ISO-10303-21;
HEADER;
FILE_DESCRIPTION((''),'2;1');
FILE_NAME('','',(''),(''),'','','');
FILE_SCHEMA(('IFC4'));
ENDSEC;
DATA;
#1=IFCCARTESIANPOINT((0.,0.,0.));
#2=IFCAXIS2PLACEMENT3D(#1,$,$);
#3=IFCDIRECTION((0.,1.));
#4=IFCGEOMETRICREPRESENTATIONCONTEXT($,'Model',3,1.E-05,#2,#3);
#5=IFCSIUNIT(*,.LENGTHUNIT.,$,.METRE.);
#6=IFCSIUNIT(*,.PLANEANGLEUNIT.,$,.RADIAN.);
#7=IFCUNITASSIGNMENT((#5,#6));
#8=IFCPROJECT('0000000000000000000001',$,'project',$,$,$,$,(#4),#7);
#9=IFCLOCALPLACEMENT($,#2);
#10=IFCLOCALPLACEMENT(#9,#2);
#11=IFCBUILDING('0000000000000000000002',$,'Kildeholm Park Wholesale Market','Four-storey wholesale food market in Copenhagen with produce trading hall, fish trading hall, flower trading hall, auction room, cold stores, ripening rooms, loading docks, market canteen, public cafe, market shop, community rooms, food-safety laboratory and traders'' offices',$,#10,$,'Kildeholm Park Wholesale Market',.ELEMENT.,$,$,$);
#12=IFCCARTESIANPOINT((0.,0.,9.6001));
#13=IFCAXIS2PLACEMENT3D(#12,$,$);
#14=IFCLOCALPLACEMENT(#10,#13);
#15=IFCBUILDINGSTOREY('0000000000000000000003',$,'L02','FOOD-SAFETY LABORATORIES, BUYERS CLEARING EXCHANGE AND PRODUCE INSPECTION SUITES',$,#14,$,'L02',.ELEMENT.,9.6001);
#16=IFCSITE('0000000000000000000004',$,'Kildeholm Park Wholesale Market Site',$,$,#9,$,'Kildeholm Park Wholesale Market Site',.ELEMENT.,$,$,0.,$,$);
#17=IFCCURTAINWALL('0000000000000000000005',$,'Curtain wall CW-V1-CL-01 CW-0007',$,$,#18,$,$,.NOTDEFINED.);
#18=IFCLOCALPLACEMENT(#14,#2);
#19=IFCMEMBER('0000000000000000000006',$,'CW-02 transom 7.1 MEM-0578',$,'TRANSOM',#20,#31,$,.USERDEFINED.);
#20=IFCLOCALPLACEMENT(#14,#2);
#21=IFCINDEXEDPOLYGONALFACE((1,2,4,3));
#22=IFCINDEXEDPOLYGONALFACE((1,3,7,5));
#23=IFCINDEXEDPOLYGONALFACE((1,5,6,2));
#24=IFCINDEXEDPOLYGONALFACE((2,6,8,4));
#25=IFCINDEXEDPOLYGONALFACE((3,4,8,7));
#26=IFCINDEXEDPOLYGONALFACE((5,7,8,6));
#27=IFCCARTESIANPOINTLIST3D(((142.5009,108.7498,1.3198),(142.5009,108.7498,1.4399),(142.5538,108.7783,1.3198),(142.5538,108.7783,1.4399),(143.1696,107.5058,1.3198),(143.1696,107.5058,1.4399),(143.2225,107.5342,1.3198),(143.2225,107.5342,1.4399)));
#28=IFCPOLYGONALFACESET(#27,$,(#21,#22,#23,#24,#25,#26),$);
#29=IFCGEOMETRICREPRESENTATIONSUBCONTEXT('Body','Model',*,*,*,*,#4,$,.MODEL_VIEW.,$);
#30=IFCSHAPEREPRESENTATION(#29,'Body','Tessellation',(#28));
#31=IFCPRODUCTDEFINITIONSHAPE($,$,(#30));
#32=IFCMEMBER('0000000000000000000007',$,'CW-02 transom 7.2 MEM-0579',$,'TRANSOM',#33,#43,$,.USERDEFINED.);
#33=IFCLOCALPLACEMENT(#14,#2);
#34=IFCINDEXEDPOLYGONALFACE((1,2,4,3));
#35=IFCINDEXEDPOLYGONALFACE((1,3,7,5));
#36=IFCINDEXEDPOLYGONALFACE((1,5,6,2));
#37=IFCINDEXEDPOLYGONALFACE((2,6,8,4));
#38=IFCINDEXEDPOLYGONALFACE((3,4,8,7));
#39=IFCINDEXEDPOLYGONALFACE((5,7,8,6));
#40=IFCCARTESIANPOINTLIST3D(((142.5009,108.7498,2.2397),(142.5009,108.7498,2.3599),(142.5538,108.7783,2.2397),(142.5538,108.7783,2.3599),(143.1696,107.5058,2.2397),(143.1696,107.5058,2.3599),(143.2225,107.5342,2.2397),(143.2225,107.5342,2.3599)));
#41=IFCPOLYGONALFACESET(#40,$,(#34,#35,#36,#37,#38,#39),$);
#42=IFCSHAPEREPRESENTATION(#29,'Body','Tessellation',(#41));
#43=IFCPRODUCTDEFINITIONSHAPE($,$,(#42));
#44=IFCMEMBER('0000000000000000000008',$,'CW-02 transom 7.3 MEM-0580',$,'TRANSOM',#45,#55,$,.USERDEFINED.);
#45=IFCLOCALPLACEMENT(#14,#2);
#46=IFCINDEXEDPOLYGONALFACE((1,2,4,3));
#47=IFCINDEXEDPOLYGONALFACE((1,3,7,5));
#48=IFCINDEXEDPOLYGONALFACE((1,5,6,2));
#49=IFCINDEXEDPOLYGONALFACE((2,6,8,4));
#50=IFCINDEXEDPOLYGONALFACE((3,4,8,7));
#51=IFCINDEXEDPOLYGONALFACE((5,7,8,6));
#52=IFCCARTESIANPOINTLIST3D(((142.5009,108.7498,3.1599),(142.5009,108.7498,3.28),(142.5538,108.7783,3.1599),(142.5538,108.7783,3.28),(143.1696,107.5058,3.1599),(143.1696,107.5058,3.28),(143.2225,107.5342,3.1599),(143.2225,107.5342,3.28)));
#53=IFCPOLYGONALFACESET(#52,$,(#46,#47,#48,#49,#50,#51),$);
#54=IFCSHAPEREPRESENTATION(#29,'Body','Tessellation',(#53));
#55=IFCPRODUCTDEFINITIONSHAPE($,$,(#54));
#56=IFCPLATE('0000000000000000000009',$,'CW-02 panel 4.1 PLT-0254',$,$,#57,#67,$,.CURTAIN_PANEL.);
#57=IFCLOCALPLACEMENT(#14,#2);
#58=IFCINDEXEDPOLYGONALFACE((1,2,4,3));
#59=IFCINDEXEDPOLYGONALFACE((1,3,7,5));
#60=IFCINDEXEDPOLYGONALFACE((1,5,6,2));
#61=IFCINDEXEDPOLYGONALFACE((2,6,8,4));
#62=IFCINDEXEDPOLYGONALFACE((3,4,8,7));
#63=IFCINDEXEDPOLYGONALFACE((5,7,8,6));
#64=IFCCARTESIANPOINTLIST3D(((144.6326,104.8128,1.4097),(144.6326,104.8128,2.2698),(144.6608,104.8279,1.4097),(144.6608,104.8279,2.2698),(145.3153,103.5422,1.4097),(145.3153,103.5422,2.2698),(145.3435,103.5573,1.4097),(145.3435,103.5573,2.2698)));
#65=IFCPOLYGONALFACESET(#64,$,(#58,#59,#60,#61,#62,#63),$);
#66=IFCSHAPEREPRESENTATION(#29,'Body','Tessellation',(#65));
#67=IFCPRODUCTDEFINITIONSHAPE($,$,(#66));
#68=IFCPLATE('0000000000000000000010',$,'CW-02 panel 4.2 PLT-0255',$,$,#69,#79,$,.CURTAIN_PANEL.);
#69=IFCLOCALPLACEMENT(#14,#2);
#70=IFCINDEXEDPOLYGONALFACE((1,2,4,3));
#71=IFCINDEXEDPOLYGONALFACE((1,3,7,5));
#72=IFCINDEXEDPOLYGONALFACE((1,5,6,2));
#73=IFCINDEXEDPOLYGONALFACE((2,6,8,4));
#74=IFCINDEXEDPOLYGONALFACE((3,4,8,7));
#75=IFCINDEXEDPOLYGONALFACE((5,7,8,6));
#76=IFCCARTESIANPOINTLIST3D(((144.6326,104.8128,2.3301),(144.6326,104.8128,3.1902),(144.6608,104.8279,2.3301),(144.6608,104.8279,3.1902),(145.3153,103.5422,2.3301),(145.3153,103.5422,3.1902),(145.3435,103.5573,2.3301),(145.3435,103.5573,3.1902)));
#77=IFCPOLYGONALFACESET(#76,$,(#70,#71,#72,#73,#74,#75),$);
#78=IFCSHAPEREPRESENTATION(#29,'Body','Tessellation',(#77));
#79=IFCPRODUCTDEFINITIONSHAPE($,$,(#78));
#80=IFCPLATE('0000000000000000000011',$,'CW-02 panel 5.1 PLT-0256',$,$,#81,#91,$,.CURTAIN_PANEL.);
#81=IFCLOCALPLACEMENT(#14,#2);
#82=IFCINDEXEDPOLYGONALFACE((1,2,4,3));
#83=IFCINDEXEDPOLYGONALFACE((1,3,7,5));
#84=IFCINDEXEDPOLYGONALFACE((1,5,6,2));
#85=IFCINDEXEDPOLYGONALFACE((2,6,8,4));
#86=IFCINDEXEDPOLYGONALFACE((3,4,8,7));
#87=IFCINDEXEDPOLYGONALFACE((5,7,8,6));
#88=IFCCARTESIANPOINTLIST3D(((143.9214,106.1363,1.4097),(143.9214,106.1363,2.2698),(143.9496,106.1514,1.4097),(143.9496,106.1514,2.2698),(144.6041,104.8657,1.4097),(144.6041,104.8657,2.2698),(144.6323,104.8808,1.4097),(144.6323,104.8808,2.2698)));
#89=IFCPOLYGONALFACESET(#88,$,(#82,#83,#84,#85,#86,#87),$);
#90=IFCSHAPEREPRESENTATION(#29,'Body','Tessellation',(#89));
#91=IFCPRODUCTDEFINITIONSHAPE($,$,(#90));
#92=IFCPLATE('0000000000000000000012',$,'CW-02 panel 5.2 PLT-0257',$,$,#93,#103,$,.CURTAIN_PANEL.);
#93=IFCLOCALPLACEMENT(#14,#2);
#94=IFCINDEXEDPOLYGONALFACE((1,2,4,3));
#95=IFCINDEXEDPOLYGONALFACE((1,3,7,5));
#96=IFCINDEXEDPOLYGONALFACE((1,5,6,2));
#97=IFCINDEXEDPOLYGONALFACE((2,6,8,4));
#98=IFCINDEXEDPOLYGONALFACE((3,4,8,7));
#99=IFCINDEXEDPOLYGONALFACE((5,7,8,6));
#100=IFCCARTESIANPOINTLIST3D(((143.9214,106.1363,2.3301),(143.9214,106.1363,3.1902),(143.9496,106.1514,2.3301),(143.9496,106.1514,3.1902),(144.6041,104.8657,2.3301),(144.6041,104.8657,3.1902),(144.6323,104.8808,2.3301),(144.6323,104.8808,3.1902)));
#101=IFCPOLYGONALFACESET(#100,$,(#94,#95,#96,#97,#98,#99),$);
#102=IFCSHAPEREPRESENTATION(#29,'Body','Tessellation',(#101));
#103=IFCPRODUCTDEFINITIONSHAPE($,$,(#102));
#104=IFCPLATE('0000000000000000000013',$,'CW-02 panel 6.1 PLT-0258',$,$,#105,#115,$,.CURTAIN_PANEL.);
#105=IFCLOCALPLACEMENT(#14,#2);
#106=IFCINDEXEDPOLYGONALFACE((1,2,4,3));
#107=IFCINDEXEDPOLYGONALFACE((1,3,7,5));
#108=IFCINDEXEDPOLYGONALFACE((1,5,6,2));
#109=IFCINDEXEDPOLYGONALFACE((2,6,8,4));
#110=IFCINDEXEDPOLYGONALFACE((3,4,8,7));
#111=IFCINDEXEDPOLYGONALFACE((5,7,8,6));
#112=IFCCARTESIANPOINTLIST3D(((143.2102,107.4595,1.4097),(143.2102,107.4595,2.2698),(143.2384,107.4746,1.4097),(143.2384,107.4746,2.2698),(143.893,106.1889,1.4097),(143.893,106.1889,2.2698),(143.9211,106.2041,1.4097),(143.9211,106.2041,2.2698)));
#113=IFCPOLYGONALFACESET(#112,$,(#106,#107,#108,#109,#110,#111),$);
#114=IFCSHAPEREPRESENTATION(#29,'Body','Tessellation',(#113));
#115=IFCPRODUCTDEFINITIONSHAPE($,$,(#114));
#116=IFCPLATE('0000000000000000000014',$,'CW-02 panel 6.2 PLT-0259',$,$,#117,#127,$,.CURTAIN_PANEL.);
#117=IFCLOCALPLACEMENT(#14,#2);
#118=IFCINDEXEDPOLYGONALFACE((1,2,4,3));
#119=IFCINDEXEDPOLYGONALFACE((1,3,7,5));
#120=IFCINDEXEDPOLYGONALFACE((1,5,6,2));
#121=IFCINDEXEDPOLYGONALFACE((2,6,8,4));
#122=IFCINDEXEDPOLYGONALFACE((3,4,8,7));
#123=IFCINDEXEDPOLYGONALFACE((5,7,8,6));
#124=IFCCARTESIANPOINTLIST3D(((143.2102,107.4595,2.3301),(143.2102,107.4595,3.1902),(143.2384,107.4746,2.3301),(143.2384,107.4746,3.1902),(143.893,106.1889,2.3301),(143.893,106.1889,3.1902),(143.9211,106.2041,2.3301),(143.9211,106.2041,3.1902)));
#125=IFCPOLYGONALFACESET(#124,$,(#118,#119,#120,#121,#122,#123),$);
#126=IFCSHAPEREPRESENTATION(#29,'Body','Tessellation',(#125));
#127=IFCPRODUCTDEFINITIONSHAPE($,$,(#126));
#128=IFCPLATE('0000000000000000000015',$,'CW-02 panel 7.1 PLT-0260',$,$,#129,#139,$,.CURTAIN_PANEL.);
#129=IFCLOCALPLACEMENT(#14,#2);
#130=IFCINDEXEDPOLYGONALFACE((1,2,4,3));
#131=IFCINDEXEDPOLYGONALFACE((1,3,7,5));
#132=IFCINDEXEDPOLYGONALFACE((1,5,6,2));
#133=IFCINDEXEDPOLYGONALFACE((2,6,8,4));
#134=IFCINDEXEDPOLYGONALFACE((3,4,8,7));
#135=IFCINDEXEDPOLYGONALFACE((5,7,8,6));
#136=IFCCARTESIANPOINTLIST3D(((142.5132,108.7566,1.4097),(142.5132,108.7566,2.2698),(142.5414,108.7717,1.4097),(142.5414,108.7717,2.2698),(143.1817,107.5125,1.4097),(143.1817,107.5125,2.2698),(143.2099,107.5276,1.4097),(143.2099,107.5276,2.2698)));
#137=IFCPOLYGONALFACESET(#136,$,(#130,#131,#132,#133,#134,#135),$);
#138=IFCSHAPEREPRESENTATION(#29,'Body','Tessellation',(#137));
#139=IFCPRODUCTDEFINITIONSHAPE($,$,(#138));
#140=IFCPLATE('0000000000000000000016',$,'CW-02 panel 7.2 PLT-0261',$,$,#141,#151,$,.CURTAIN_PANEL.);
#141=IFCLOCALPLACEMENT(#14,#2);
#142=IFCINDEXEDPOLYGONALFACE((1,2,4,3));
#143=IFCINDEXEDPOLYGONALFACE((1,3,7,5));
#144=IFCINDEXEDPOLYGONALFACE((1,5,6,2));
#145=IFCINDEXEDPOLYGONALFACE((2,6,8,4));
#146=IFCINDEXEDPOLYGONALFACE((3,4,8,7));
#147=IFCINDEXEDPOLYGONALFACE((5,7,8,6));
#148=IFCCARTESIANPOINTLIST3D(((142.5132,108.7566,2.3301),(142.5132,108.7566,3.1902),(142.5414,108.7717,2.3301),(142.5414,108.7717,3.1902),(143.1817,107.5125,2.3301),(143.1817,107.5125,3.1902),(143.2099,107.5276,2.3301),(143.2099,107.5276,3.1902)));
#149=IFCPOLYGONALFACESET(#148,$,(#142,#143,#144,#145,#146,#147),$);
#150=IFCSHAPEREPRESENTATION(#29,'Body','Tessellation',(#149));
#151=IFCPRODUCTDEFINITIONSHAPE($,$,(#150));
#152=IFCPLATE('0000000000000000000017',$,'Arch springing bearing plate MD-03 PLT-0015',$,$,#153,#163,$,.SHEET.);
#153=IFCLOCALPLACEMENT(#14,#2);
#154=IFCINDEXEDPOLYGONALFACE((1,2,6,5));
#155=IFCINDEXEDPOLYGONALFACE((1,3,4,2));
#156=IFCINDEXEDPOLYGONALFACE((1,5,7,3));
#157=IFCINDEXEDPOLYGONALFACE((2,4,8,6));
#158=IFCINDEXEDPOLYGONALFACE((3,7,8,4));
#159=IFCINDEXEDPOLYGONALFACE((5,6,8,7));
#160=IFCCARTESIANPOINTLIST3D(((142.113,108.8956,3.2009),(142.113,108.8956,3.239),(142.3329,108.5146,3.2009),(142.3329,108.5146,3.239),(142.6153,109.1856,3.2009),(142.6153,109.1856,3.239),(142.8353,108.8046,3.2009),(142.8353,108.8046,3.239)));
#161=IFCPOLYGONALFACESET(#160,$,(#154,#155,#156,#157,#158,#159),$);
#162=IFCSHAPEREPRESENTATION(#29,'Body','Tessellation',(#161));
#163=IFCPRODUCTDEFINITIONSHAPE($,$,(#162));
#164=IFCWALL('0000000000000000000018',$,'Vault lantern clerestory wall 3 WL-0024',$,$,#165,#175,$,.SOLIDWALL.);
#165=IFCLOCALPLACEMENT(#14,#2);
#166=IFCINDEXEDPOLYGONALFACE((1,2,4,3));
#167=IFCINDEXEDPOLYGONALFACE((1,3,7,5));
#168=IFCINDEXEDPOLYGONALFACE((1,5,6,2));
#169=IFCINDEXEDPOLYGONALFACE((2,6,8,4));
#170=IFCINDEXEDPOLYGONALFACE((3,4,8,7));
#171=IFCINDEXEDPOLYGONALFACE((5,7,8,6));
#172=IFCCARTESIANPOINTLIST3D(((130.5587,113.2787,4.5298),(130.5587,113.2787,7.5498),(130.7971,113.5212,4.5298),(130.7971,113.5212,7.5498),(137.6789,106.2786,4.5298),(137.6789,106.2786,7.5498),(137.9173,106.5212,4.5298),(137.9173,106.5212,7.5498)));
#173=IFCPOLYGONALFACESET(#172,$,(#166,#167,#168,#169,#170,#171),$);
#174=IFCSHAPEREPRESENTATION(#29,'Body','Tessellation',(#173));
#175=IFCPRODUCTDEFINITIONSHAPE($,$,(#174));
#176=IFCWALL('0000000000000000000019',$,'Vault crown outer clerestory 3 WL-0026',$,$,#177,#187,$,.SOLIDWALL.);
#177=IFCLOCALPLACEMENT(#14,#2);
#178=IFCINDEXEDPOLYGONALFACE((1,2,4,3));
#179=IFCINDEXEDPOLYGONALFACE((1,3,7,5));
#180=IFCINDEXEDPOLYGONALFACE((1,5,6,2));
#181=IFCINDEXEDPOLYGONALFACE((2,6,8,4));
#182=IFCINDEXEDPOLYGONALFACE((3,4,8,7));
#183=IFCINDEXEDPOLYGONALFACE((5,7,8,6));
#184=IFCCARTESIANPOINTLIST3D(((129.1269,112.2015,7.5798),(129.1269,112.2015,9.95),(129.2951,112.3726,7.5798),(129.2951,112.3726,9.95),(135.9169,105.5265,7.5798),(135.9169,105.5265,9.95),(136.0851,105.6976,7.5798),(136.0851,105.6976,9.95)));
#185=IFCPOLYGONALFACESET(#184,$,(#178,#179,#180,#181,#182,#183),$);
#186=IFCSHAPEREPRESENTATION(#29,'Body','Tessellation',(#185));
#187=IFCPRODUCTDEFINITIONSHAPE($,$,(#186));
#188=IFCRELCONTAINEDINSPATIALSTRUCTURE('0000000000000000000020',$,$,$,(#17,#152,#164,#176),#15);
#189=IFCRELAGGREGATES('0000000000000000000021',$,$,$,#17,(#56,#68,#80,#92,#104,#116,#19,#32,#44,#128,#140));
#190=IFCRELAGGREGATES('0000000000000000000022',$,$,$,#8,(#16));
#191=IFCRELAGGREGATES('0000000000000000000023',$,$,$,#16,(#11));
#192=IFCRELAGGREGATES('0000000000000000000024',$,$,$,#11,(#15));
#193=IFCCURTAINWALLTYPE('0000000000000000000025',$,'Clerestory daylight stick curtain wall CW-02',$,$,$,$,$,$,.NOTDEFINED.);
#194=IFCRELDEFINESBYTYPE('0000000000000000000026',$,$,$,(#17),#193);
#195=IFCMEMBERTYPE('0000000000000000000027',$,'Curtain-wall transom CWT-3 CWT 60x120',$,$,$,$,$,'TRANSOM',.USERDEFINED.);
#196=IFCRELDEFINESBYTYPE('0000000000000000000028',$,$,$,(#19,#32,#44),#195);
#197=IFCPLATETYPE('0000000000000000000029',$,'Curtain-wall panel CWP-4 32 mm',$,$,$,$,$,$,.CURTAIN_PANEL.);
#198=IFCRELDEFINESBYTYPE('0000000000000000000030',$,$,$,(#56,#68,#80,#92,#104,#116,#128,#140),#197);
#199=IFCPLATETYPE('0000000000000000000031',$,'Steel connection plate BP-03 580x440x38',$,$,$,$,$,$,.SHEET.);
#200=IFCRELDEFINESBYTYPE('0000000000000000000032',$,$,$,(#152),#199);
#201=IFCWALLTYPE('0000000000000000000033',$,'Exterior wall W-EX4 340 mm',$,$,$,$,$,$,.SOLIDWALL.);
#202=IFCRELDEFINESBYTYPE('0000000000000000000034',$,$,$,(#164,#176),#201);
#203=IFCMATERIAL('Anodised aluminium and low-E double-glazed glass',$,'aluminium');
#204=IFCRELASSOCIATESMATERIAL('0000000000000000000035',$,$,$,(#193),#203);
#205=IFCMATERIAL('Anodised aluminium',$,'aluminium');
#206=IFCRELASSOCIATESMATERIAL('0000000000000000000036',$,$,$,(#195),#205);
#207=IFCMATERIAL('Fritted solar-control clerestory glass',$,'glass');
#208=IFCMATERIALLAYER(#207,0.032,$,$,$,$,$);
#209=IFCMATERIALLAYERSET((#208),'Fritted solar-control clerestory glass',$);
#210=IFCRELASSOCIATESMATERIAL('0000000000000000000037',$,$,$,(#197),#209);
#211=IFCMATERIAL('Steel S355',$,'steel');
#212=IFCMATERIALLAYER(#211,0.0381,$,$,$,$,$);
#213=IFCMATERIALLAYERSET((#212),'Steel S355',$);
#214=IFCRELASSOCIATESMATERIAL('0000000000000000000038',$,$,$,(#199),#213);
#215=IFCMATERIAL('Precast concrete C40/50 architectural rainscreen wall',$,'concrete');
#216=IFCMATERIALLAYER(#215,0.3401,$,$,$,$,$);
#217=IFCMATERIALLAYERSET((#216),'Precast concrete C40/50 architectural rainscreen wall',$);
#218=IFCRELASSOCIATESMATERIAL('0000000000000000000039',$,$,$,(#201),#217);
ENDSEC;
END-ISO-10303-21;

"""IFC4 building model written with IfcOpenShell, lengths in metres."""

from ifc_helpers import new_model, si_unit, direction, frame, frame_2d, origin, origin_2d, place, context, subcontext, project, spatial, rectangle, extrude, material, layer, layer_set, material_profile, profile_set, type_object, element, aggregate, save


model = new_model("IFC4")

# Units and contexts
model_context = context("Model", 3, precision=1e-05, world=origin(), true_north=direction((0.0, 1.0)))
body_context = subcontext(model_context, "Body", "Model", "MODEL_VIEW")
ifc_project = project(units=[si_unit("LENGTHUNIT", "METRE"), si_unit("PLANEANGLEUNIT", "RADIAN")], contexts=[model_context])

# Site, building, storey
site_placement = place(None, origin())
site = spatial("IfcSite", under=ifc_project, at=site_placement, Name="Kildeholm Park Wholesale Market Site", LongName="Kildeholm Park Wholesale Market Site", CompositionType="ELEMENT", RefElevation=0.0)
building_placement = place(site_placement, origin())
building = spatial("IfcBuilding", under=site, at=building_placement, Name="Kildeholm Park Wholesale Market", Description="Four-storey wholesale food market in Copenhagen with produce trading hall, fish trading hall, flower trading hall, auction room, cold stores, ripening rooms, loading docks, market canteen, public cafe, market shop, community rooms, food-safety laboratory and traders' offices", LongName="Kildeholm Park Wholesale Market", CompositionType="ELEMENT")
storey_placement = place(building_placement, frame((0.0, 0.0, 9.6001)))
storey = spatial("IfcBuildingStorey", under=building, at=storey_placement, Name="L02", Description="FOOD-SAFETY LABORATORIES, BUYERS CLEARING EXCHANGE AND PRODUCE INSPECTION SUITES", LongName="L02", CompositionType="ELEMENT", Elevation=9.6001)

# Shared definitions
ifc_material_1 = material(Name="Steel S355", Category="steel")

# Curtain wall, members, plates
ifc_material_2 = material(Name="Anodised aluminium and low-E double-glazed glass", Category="aluminium")
curtain_wall_type = type_object("IfcCurtainWallType", Name="Clerestory daylight stick curtain wall CW-02", PredefinedType="NOTDEFINED", material=ifc_material_2)
curtain_wall_placement = place(storey_placement, origin())
curtain_wall = element("IfcCurtainWall", 1, at=curtain_wall_placement, inside=storey, type_object=curtain_wall_type, Name="Curtain wall CW-V1-CL-01 CW-0007", PredefinedType="NOTDEFINED")
ifc_material_3 = material(Name="Anodised aluminium", Category="aluminium")
ifc_material_profile_1 = material_profile(ifc_material_3, rectangle(XDim=0.0601, YDim=0.1201, at=origin_2d()), Name="CWT 60x120")
ifc_profile_set_1 = profile_set([ifc_material_profile_1], Name="Anodised aluminium")
member_type_1 = type_object("IfcMemberType", Name="Curtain-wall transom CWT-3 CWT 60x120", ElementType="TRANSOM", PredefinedType="USERDEFINED", material=ifc_profile_set_1)
member_1_placement = place(storey_placement, frame((143.196, 107.52, 1.3799), z_axis=(-0.47343, 0.880832, 0.0), x_axis=(-0.880832, -0.47343, 0.0)))
member_1 = element("IfcMember", 2, at=member_1_placement, type_object=member_type_1, Name="CW-02 transom 7.1 MEM-0578", ObjectType="TRANSOM", PredefinedType="USERDEFINED", context=body_context, shape_type="SweptSolid", body=[
    extrude(rectangle(XDim=0.0601, YDim=0.1201, at=origin_2d()), origin(), (0.0, 0.0, 1.0), 1.4124),
])
member_2_placement = place(storey_placement, frame((143.196, 107.52, 2.2998), z_axis=(-0.47343, 0.880832, 0.0), x_axis=(-0.880832, -0.47343, 0.0)))
member_2 = element("IfcMember", 3, at=member_2_placement, type_object=member_type_1, Name="CW-02 transom 7.2 MEM-0579", ObjectType="TRANSOM", PredefinedType="USERDEFINED", context=body_context, shape_type="SweptSolid", body=[
    extrude(rectangle(XDim=0.0601, YDim=0.1201, at=origin_2d()), origin(), (0.0, 0.0, 1.0), 1.4124),
])
member_3_placement = place(storey_placement, frame((143.196, 107.52, 3.22), z_axis=(-0.47343, 0.880832, 0.0), x_axis=(-0.880832, -0.47343, 0.0)))
member_3 = element("IfcMember", 4, at=member_3_placement, type_object=member_type_1, Name="CW-02 transom 7.3 MEM-0580", ObjectType="TRANSOM", PredefinedType="USERDEFINED", context=body_context, shape_type="SweptSolid", body=[
    extrude(rectangle(XDim=0.0601, YDim=0.1201, at=origin_2d()), origin(), (0.0, 0.0, 1.0), 1.4124),
])
ifc_material_4 = material(Name="Fritted solar-control clerestory glass", Category="glass")
ifc_layer_1 = layer(ifc_material_4, 0.032)
ifc_layer_set_1 = layer_set([ifc_layer_1], Name="Fritted solar-control clerestory glass")
plate_type_1 = type_object("IfcPlateType", Name="Curtain-wall panel CWP-4 32 mm", PredefinedType="CURTAIN_PANEL", material=ifc_layer_set_1)
plate_1_placement = place(storey_placement, frame((144.988, 104.1851, 1.4097), z_axis=(0.0, 0.0, 1.0), x_axis=(-0.47334, 0.88088, 0.0)))
plate_1 = element("IfcPlate", 5, at=plate_1_placement, type_object=plate_type_1, Name="CW-02 panel 4.1 PLT-0254", PredefinedType="CURTAIN_PANEL", context=body_context, shape_type="SweptSolid", body=[
    extrude(rectangle(XDim=1.4424, YDim=0.032, at=origin_2d()), origin(), (0.0, 0.0, 1.0), 0.8601),
])
plate_2_placement = place(storey_placement, frame((144.988, 104.1851, 2.3301), z_axis=(0.0, 0.0, 1.0), x_axis=(-0.47334, 0.88088, 0.0)))
plate_2 = element("IfcPlate", 6, at=plate_2_placement, type_object=plate_type_1, Name="CW-02 panel 4.2 PLT-0255", PredefinedType="CURTAIN_PANEL", context=body_context, shape_type="SweptSolid", body=[
    extrude(rectangle(XDim=1.4424, YDim=0.032, at=origin_2d()), origin(), (0.0, 0.0, 1.0), 0.8601),
])
plate_3_placement = place(storey_placement, frame((144.2769, 105.5085, 1.4097), z_axis=(0.0, 0.0, 1.0), x_axis=(-0.47334, 0.88088, 0.0)))
plate_3 = element("IfcPlate", 7, at=plate_3_placement, type_object=plate_type_1, Name="CW-02 panel 5.1 PLT-0256", PredefinedType="CURTAIN_PANEL", context=body_context, shape_type="SweptSolid", body=[
    extrude(rectangle(XDim=1.4424, YDim=0.032, at=origin_2d()), origin(), (0.0, 0.0, 1.0), 0.8601),
])
plate_4_placement = place(storey_placement, frame((144.2769, 105.5085, 2.3301), z_axis=(0.0, 0.0, 1.0), x_axis=(-0.47334, 0.88088, 0.0)))
plate_4 = element("IfcPlate", 8, at=plate_4_placement, type_object=plate_type_1, Name="CW-02 panel 5.2 PLT-0257", PredefinedType="CURTAIN_PANEL", context=body_context, shape_type="SweptSolid", body=[
    extrude(rectangle(XDim=1.4424, YDim=0.032, at=origin_2d()), origin(), (0.0, 0.0, 1.0), 0.8601),
])
plate_5_placement = place(storey_placement, frame((143.5657, 106.8318, 1.4097), z_axis=(0.0, 0.0, 1.0), x_axis=(-0.47334, 0.88088, 0.0)))
plate_5 = element("IfcPlate", 9, at=plate_5_placement, type_object=plate_type_1, Name="CW-02 panel 6.1 PLT-0258", PredefinedType="CURTAIN_PANEL", context=body_context, shape_type="SweptSolid", body=[
    extrude(rectangle(XDim=1.4424, YDim=0.032, at=origin_2d()), origin(), (0.0, 0.0, 1.0), 0.8601),
])
plate_6_placement = place(storey_placement, frame((143.5657, 106.8318, 2.3301), z_axis=(0.0, 0.0, 1.0), x_axis=(-0.47334, 0.88088, 0.0)))
plate_6 = element("IfcPlate", 10, at=plate_6_placement, type_object=plate_type_1, Name="CW-02 panel 6.2 PLT-0259", PredefinedType="CURTAIN_PANEL", context=body_context, shape_type="SweptSolid", body=[
    extrude(rectangle(XDim=1.4424, YDim=0.032, at=origin_2d()), origin(), (0.0, 0.0, 1.0), 0.8601),
])
plate_7_placement = place(storey_placement, frame((142.8616, 108.1421, 1.4097), z_axis=(0.0, 0.0, 1.0), x_axis=(-0.47334, 0.88088, 0.0)))
plate_7 = element("IfcPlate", 11, at=plate_7_placement, type_object=plate_type_1, Name="CW-02 panel 7.1 PLT-0260", PredefinedType="CURTAIN_PANEL", context=body_context, shape_type="SweptSolid", body=[
    extrude(rectangle(XDim=1.4124, YDim=0.032, at=origin_2d()), origin(), (0.0, 0.0, 1.0), 0.8601),
])
plate_8_placement = place(storey_placement, frame((142.8616, 108.1421, 2.3301), z_axis=(0.0, 0.0, 1.0), x_axis=(-0.47334, 0.88088, 0.0)))
plate_8 = element("IfcPlate", 12, at=plate_8_placement, type_object=plate_type_1, Name="CW-02 panel 7.2 PLT-0261", PredefinedType="CURTAIN_PANEL", context=body_context, shape_type="SweptSolid", body=[
    extrude(rectangle(XDim=1.4124, YDim=0.032, at=origin_2d()), origin(), (0.0, 0.0, 1.0), 0.8601),
])
aggregate(curtain_wall, [plate_1, plate_2, plate_3, plate_4, plate_5, plate_6, member_1, member_2, member_3, plate_7, plate_8])

# Plate
ifc_layer_2 = layer(ifc_material_1, 0.0381)
ifc_layer_set_2 = layer_set([ifc_layer_2], Name="Steel S355")
plate_type_2 = type_object("IfcPlateType", Name="Steel connection plate BP-03 580x440x38", PredefinedType="SHEET", material=ifc_layer_set_2)
plate_9_placement = place(storey_placement, frame((142.4741, 108.8501, 3.2009), z_axis=(0.0, 0.0, 1.0), x_axis=(0.866025, 0.5, 0.0)))
element("IfcPlate", 13, at=plate_9_placement, inside=storey, type_object=plate_type_2, Name="Arch springing bearing plate MD-03 PLT-0015", PredefinedType="SHEET", context=body_context, shape_type="SweptSolid", body=[
    extrude(rectangle(XDim=0.5801, YDim=0.4399, at=origin_2d()), origin(), (0.0, 0.0, 1.0), 0.0381),
])

# Walls
ifc_material_5 = material(Name="Precast concrete C40/50 architectural rainscreen wall", Category="concrete")
ifc_layer_3 = layer(ifc_material_5, 0.3401)
ifc_layer_set_3 = layer_set([ifc_layer_3], Name="Precast concrete C40/50 architectural rainscreen wall")
wall_type = type_object("IfcWallType", Name="Exterior wall W-EX4 340 mm", PredefinedType="SOLIDWALL", material=ifc_layer_set_3)
wall_1_placement = place(storey_placement, frame((137.7981, 106.3999, 4.5298), z_axis=(0.0, 0.0, 1.0), x_axis=(-0.713096, 0.701066, 0.0)))
element("IfcWall", 14, at=wall_1_placement, inside=storey, type_object=wall_type, Name="Vault lantern clerestory wall 3 WL-0024", PredefinedType="SOLIDWALL", context=body_context, shape_type="SweptSolid", body=[
    extrude(rectangle(XDim=9.9849, YDim=0.3401, at=frame_2d((4.9924, 0.0))), origin(), (0.0, 0.0, 1.0), 3.02),
])
wall_2_placement = place(storey_placement, frame((136.001, 105.6121, 7.5798), z_axis=(0.0, 0.0, 1.0), x_axis=(-0.713119, 0.701043, 0.0)))
element("IfcWall", 15, at=wall_2_placement, inside=storey, type_object=wall_type, Name="Vault crown outer clerestory 3 WL-0026", PredefinedType="SOLIDWALL", context=body_context, shape_type="SweptSolid", body=[
    extrude(rectangle(XDim=9.5215, YDim=0.24, at=frame_2d((4.7607, 0.0))), origin(), (0.0, 0.0, 1.0), 2.3701),
])

save(model, "model.ifc")
